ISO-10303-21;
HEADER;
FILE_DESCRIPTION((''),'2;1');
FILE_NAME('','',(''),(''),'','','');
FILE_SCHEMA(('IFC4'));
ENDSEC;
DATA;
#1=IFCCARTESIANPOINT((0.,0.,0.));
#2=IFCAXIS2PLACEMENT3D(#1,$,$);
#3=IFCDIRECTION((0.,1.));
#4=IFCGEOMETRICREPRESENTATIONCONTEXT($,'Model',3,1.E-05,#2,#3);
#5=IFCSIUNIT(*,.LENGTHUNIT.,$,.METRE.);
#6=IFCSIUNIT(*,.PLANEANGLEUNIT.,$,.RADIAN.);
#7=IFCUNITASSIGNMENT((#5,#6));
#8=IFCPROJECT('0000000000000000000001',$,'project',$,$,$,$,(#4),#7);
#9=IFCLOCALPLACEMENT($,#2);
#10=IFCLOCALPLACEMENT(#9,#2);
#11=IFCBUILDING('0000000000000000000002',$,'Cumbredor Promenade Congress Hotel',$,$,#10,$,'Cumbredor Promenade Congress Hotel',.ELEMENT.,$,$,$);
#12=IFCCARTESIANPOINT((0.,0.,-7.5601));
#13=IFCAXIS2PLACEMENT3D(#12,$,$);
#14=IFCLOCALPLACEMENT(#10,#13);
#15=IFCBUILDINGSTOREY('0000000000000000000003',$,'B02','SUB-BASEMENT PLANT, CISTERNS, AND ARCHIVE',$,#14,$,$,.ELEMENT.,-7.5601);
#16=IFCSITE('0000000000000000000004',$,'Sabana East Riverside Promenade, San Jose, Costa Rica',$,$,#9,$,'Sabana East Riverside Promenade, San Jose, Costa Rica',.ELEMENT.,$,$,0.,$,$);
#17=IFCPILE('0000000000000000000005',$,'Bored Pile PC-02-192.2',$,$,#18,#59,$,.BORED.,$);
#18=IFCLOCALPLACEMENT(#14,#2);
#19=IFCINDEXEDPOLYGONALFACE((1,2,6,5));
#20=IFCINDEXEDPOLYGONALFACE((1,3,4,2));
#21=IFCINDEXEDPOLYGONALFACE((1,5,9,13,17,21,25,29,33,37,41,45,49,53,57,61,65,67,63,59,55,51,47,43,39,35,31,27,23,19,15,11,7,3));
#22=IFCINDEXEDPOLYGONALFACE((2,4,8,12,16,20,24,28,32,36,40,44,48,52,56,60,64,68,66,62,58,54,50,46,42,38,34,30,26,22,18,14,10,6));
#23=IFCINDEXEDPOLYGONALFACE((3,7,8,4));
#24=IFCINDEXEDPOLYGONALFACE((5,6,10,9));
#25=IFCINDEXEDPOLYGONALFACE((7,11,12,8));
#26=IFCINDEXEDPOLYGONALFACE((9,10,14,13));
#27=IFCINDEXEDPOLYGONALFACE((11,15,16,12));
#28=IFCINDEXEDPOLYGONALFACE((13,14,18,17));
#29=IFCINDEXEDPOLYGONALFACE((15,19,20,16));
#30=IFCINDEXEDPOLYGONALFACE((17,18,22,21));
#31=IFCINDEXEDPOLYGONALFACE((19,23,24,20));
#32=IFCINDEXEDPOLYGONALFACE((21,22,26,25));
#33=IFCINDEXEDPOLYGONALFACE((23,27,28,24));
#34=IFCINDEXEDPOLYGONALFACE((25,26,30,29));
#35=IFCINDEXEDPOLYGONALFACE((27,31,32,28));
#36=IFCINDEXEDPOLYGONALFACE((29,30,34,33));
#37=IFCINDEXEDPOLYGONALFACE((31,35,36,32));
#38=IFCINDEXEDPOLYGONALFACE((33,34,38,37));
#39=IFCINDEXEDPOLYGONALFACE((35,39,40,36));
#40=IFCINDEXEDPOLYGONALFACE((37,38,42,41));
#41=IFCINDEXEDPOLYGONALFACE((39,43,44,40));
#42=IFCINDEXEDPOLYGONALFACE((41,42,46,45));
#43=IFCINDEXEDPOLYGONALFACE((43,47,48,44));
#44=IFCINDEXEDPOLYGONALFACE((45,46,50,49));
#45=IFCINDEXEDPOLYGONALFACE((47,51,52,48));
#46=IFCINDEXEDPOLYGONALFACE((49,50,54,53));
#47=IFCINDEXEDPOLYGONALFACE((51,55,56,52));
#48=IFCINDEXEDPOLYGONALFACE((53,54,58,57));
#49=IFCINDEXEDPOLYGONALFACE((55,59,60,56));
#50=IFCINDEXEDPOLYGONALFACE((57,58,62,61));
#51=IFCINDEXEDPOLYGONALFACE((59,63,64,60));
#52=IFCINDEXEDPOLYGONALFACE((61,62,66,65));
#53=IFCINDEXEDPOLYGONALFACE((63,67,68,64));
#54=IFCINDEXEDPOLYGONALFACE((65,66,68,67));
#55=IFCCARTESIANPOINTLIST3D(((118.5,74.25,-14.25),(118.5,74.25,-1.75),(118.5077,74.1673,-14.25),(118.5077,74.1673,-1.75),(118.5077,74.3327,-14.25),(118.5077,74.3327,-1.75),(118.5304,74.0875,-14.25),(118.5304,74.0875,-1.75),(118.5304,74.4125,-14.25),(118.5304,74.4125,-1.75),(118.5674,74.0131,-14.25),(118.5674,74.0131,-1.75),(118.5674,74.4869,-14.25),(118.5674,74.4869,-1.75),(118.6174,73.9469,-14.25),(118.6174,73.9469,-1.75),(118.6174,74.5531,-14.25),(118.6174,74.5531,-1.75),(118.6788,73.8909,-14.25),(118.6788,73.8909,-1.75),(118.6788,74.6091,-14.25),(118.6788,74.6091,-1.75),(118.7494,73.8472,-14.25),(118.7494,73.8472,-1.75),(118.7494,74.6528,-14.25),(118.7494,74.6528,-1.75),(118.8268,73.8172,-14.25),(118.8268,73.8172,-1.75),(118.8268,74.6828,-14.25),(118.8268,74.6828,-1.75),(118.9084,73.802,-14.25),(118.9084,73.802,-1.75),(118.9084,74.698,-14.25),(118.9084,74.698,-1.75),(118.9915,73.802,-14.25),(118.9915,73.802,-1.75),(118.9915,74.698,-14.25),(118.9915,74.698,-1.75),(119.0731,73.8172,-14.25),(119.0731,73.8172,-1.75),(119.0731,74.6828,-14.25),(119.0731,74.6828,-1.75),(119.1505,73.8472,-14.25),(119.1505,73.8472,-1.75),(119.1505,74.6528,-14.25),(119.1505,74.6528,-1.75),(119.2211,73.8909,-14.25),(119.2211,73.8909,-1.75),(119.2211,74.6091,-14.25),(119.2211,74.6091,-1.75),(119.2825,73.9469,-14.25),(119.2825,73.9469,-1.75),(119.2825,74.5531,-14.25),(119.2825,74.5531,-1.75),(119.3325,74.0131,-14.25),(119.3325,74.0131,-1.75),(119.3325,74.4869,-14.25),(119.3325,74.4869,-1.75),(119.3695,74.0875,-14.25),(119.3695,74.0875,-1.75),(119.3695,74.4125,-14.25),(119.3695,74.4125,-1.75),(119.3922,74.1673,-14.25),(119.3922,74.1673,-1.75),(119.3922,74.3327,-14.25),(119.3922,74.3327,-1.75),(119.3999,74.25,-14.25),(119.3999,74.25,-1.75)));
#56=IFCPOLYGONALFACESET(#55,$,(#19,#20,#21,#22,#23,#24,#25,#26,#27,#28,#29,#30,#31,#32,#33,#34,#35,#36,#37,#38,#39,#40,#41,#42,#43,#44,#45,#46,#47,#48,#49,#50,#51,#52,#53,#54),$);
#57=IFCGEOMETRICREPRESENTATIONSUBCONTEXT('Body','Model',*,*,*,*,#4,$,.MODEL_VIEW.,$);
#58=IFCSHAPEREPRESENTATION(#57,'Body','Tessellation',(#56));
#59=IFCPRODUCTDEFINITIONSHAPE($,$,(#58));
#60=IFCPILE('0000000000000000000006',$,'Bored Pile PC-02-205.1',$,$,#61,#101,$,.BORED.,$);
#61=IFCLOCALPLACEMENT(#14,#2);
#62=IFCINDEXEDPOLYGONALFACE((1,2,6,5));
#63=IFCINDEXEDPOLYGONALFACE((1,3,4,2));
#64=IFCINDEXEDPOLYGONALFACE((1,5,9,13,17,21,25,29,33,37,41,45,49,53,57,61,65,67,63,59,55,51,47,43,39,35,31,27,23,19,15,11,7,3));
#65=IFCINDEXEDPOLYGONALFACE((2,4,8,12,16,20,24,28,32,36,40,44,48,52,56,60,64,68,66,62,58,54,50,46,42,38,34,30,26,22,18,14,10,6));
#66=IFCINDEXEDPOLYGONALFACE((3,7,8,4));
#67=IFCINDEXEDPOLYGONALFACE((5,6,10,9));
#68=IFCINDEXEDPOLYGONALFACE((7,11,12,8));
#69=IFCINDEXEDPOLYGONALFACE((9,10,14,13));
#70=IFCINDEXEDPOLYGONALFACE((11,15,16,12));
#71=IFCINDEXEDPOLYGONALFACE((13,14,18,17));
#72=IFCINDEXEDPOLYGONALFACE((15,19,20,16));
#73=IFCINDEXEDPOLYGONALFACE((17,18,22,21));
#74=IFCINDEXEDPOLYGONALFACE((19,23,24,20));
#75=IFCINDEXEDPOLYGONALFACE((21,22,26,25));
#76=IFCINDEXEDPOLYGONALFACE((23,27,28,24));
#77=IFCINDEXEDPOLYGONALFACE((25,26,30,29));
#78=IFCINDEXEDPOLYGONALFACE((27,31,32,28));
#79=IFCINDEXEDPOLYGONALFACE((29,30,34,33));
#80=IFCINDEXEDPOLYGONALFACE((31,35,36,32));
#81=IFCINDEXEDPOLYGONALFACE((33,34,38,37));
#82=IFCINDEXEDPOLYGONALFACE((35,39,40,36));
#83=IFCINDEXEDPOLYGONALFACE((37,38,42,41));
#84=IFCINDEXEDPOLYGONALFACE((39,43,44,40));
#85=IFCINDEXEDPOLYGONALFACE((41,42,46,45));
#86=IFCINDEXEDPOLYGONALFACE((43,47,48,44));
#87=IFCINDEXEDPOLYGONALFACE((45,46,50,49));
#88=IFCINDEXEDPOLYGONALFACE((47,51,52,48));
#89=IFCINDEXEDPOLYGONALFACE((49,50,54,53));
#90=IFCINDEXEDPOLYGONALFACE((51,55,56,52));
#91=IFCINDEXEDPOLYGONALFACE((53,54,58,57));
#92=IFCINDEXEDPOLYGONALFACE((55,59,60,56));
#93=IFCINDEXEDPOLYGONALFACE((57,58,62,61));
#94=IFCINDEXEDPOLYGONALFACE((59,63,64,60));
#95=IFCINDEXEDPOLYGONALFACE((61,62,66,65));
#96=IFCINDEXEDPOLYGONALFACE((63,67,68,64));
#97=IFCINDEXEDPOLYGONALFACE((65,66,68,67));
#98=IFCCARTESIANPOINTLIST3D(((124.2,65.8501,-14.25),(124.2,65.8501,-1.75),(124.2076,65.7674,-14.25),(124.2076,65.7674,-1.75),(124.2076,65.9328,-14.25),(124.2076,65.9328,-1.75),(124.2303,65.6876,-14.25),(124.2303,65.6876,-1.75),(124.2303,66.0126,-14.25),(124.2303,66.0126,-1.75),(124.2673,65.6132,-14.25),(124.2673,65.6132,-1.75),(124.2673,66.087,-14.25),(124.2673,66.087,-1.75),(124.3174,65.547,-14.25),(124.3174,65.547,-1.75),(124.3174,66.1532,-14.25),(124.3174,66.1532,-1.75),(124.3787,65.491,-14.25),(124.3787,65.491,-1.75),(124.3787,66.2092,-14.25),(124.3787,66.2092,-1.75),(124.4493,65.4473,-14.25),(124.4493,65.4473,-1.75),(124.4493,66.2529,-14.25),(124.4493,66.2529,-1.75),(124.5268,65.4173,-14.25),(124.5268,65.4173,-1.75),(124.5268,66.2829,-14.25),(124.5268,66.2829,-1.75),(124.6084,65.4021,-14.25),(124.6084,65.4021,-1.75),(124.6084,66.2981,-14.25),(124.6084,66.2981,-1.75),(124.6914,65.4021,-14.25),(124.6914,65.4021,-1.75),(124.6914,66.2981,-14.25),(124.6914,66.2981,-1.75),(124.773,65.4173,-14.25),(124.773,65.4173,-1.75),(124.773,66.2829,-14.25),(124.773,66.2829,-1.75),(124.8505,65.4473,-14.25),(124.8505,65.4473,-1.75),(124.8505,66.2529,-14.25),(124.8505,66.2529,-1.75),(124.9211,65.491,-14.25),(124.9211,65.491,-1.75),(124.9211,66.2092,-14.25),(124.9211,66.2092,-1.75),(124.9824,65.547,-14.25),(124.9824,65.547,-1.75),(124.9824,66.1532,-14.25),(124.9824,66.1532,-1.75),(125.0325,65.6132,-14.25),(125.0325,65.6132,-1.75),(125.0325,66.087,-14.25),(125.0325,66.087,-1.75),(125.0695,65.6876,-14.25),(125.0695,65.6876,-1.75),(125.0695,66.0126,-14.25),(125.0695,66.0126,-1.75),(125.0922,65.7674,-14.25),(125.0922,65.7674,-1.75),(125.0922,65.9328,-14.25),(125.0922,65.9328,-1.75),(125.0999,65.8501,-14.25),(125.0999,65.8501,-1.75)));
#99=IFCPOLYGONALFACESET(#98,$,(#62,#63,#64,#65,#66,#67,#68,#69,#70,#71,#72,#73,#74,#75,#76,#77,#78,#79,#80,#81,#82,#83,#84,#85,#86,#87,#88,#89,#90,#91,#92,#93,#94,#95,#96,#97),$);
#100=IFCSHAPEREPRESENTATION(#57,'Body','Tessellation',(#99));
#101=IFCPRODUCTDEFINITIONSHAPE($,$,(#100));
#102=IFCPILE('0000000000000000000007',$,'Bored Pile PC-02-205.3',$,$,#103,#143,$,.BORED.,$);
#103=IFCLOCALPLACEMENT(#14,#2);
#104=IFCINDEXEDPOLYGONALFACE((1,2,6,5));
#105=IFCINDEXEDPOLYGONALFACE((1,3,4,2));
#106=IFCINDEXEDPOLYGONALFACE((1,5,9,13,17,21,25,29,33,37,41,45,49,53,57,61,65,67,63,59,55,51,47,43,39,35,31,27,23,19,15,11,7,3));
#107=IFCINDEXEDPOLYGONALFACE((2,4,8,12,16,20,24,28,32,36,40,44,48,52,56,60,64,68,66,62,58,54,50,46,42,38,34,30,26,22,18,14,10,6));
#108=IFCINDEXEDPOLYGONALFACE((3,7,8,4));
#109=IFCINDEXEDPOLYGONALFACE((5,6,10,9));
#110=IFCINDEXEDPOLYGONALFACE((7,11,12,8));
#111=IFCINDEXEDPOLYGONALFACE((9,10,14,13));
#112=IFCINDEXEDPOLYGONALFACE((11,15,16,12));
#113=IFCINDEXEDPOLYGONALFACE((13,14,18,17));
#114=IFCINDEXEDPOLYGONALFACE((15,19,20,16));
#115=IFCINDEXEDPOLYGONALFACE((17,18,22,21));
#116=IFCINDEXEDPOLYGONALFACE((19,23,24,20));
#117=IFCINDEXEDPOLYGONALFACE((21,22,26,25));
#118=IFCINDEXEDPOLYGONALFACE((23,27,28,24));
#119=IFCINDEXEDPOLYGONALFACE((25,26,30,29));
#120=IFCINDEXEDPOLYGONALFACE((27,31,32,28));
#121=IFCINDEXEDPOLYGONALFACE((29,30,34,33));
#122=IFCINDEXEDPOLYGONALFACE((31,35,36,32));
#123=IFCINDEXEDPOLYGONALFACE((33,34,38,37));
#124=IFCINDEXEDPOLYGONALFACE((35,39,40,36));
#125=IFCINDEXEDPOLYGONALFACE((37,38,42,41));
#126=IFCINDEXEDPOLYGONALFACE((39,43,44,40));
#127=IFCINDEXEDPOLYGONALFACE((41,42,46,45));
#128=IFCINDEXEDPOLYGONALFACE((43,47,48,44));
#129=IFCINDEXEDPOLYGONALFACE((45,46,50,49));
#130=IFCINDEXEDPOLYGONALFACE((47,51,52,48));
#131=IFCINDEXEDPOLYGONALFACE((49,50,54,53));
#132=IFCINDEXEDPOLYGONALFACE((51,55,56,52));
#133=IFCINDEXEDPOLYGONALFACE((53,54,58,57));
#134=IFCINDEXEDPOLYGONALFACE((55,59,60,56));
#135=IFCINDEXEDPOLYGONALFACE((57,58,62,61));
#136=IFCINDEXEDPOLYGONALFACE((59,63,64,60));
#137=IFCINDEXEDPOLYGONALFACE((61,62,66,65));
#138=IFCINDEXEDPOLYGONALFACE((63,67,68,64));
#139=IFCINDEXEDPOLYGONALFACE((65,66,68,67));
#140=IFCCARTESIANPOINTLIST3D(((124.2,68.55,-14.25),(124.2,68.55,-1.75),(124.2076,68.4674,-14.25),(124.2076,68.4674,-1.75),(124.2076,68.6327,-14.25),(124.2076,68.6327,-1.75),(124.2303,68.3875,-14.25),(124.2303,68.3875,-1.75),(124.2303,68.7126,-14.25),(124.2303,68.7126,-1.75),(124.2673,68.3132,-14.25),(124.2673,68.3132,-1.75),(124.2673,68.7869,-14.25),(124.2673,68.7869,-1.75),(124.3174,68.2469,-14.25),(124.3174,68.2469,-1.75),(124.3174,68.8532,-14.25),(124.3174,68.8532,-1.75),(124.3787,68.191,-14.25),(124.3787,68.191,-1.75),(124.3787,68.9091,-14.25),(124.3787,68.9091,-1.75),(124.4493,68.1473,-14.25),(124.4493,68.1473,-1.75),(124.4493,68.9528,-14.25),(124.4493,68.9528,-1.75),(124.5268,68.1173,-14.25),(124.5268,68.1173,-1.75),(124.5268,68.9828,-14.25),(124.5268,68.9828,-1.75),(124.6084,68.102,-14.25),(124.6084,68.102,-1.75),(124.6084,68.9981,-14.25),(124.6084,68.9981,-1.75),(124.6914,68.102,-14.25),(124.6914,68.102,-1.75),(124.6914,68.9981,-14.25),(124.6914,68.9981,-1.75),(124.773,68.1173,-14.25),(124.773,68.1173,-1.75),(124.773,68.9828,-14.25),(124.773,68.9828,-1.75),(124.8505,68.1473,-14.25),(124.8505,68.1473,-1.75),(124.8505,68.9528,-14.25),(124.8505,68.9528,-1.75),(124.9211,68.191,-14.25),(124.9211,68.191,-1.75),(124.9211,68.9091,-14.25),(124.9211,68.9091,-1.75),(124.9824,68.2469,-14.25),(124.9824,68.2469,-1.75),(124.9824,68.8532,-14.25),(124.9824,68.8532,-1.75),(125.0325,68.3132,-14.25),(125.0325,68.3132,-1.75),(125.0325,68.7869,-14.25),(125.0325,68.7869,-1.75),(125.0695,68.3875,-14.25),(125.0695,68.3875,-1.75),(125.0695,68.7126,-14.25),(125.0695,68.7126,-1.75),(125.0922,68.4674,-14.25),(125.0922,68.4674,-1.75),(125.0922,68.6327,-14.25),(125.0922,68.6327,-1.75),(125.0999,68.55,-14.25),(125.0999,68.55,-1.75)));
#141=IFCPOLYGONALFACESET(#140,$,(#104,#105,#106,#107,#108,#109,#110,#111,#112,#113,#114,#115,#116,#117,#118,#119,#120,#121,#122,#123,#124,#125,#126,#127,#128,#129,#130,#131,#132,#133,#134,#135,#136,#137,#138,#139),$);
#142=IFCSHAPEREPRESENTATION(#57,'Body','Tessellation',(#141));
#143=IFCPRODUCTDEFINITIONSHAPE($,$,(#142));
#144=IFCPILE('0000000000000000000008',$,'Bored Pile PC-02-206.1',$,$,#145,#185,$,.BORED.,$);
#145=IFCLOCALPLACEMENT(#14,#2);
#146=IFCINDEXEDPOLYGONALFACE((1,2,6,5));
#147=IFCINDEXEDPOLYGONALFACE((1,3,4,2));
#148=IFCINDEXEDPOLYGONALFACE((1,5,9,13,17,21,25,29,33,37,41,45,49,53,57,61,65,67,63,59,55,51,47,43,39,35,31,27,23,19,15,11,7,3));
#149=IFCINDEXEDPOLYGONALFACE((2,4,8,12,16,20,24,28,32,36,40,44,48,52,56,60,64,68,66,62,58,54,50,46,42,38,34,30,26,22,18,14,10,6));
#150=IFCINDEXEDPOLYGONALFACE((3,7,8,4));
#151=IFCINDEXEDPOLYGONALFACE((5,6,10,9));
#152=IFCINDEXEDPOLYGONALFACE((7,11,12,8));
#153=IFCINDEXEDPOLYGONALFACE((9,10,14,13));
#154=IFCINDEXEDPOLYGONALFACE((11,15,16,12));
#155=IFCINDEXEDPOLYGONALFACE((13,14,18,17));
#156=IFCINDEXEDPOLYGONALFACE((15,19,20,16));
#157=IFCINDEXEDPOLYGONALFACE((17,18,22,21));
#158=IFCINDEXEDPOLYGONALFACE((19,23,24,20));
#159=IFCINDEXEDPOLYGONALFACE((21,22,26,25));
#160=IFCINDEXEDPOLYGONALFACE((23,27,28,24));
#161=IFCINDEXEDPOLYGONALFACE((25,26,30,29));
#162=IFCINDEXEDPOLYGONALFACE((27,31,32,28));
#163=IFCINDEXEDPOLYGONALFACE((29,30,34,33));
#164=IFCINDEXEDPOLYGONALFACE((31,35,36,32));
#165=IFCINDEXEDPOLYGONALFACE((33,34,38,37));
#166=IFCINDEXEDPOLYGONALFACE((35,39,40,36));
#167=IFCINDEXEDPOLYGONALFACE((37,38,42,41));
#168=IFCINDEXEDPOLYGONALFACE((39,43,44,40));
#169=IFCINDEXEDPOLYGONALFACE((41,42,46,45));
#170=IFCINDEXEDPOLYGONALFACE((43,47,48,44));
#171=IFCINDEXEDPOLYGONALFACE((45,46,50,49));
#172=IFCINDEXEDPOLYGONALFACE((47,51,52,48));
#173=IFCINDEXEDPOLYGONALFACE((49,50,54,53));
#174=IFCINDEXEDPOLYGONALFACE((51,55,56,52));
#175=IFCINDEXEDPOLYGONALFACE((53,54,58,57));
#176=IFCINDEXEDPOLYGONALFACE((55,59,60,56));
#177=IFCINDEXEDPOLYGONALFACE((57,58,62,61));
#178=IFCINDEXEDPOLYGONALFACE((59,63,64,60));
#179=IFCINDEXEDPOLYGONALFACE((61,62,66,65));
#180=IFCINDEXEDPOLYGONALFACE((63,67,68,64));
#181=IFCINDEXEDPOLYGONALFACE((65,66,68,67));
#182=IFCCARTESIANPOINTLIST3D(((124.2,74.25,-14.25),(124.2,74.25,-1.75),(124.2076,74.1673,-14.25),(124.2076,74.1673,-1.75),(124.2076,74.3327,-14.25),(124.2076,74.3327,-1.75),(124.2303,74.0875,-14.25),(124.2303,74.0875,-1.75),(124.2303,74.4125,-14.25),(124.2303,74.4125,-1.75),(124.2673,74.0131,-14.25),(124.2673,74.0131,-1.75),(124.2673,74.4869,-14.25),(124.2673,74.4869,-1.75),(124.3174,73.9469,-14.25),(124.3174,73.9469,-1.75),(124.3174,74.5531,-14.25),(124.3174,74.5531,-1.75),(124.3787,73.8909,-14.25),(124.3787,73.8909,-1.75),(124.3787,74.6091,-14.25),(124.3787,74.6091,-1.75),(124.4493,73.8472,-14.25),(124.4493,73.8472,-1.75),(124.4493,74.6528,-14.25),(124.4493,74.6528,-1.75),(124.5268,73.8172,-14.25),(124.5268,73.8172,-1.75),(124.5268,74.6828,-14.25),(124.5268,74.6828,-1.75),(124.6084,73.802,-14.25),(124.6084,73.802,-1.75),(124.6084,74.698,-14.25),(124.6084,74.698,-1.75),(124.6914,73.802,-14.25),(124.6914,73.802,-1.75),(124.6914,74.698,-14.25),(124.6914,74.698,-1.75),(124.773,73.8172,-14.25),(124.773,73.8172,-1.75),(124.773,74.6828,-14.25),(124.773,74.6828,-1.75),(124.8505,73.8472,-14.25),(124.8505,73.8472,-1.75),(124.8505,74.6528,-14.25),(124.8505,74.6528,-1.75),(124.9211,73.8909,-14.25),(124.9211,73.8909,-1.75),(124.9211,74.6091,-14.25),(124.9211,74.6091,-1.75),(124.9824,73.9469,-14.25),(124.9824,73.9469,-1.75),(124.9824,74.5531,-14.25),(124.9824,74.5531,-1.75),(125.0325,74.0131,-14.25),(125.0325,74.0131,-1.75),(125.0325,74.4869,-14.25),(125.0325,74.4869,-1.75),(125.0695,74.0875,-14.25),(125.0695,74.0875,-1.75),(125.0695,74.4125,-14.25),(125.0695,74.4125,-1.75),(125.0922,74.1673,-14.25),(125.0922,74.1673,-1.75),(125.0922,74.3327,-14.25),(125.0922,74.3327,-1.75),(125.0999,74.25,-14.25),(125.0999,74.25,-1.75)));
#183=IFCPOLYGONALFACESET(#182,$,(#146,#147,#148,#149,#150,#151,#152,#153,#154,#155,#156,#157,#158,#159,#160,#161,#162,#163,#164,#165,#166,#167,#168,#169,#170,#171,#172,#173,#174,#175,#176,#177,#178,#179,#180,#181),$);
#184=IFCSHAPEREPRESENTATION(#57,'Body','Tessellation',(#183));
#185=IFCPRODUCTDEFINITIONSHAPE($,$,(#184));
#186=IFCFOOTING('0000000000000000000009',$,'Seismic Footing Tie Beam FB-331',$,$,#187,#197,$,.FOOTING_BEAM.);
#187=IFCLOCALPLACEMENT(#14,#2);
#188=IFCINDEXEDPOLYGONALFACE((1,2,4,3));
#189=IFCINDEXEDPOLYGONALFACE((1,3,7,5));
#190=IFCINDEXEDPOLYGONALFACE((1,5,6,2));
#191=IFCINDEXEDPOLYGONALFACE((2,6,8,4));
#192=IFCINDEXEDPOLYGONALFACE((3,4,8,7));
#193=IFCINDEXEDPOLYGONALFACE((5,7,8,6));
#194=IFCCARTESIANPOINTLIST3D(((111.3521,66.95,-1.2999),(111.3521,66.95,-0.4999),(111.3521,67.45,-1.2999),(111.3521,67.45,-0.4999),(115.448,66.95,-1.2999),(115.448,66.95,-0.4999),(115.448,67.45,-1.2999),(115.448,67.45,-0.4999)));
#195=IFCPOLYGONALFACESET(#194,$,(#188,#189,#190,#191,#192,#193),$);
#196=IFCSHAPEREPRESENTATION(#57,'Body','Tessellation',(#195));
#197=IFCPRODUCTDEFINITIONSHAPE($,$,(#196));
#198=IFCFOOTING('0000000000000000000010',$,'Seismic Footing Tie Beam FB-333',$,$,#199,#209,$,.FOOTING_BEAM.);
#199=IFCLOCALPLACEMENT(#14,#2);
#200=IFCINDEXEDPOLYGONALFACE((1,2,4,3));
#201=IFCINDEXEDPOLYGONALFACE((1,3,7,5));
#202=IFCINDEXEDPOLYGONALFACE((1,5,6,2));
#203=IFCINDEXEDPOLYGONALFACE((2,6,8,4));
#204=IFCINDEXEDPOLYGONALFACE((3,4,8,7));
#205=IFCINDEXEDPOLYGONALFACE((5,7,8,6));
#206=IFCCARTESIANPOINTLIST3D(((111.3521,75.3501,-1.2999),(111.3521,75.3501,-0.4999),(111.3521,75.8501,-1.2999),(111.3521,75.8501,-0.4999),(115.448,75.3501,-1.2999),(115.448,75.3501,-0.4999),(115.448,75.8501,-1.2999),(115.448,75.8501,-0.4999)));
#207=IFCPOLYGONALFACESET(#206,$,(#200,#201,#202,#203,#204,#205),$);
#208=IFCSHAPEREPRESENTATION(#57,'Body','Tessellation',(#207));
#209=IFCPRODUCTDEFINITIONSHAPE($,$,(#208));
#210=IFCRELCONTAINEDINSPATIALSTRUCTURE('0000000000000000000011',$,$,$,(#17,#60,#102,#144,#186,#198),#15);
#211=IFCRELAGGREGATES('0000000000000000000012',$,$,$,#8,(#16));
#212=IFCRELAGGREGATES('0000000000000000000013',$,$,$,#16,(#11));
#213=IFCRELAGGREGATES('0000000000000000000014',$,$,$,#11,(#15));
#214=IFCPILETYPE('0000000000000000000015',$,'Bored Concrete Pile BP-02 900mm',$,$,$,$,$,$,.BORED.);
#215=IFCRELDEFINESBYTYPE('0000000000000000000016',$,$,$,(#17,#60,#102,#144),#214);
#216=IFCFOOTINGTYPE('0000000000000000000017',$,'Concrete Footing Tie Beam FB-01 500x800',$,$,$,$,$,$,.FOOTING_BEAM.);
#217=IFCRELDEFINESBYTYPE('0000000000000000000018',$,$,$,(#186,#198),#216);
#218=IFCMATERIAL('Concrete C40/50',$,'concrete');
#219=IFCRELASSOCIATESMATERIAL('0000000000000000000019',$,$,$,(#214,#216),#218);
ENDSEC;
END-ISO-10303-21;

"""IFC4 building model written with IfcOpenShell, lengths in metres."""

from ifc_helpers import new_model, si_unit, direction, frame, origin, origin_2d, place, context, subcontext, project, spatial, rectangle, circle, extrude, material, material_profile, profile_set, type_object, element, save


model = new_model("IFC4")

# Units and contexts
model_context = context("Model", 3, precision=1e-05, world=origin(), true_north=direction((0.0, 1.0)))
body_context = subcontext(model_context, "Body", "Model", "MODEL_VIEW")
ifc_project = project(units=[si_unit("LENGTHUNIT", "METRE"), si_unit("PLANEANGLEUNIT", "RADIAN")], contexts=[model_context])

# Site, building, storey
site_placement = place(None, origin())
site = spatial("IfcSite", under=ifc_project, at=site_placement, Name="Sabana East Riverside Promenade, San Jose, Costa Rica", LongName="Sabana East Riverside Promenade, San Jose, Costa Rica", CompositionType="ELEMENT", RefElevation=0.0)
building_placement = place(site_placement, origin())
building = spatial("IfcBuilding", under=site, at=building_placement, Name="Cumbredor Promenade Congress Hotel", LongName="Cumbredor Promenade Congress Hotel", CompositionType="ELEMENT")
storey_placement = place(building_placement, frame((0.0, 0.0, -7.5601)))
storey = spatial("IfcBuildingStorey", under=building, at=storey_placement, Name="B02", Description="SUB-BASEMENT PLANT, CISTERNS, AND ARCHIVE", CompositionType="ELEMENT", Elevation=-7.5601)

# Piles
ifc_material_1 = material(Name="Concrete C40/50", Category="concrete")
ifc_material_profile_1 = material_profile(ifc_material_1, circle(Radius=0.45, at=origin_2d()), Name="PILE D900")
ifc_profile_set_1 = profile_set([ifc_material_profile_1], Name="Concrete C40/50")
pile_type = type_object("IfcPileType", Name="Bored Concrete Pile BP-02 900mm", PredefinedType="BORED", material=ifc_profile_set_1)
for number, where, z_axis, x_axis, name in (
    (1, (118.95, 74.25, -1.75), (0.0, 0.0, -1.0), (1.0, 0.0, 0.0), "Bored Pile PC-02-192.2"),
    (2, (124.6499, 65.8501, -1.75), (0.0, 0.0, -1.0), (1.0, 0.0, 0.0), "Bored Pile PC-02-205.1"),
    (3, (124.6499, 68.55, -1.75), (0.0, 0.0, -1.0), (1.0, 0.0, 0.0), "Bored Pile PC-02-205.3"),
    (4, (124.6499, 74.25, -1.75), (0.0, 0.0, -1.0), (1.0, 0.0, 0.0), "Bored Pile PC-02-206.1"),
):
    element("IfcPile", number, at=place(storey_placement, frame(where, z_axis=z_axis, x_axis=x_axis)), inside=storey, type_object=pile_type, Name=name, PredefinedType="BORED", context=body_context, shape_type="SweptSolid", body=[
        extrude(circle(Radius=0.45, at=origin_2d()), origin(), (0.0, 0.0, 1.0), 12.5),
    ])

# Footings
ifc_material_profile_2 = material_profile(ifc_material_1, rectangle(XDim=0.5, YDim=0.8, at=origin_2d()), Name="FB 500x800")
ifc_profile_set_2 = profile_set([ifc_material_profile_2], Name="Concrete C40/50")
footing_type_1 = type_object("IfcFootingType", Name="Concrete Footing Tie Beam FB-01 500x800", PredefinedType="FOOTING_BEAM", material=ifc_profile_set_2)
for number, where, z_axis, x_axis, name in (
    (5, (111.3521, 67.2, -0.8999), (1.0, 0.0, 0.0), (0.0, 1.0, 0.0), "Seismic Footing Tie Beam FB-331"),
    (6, (111.3521, 75.6001, -0.8999), (1.0, 0.0, 0.0), (0.0, 1.0, 0.0), "Seismic Footing Tie Beam FB-333"),
):
    element("IfcFooting", number, at=place(storey_placement, frame(where, z_axis=z_axis, x_axis=x_axis)), inside=storey, type_object=footing_type_1, Name=name, PredefinedType="FOOTING_BEAM", context=body_context, shape_type="SweptSolid", body=[
        extrude(rectangle(XDim=0.5, YDim=0.8, at=origin_2d()), origin(), (0.0, 0.0, 1.0), 4.0959),
    ])

save(model, "model.ifc")
